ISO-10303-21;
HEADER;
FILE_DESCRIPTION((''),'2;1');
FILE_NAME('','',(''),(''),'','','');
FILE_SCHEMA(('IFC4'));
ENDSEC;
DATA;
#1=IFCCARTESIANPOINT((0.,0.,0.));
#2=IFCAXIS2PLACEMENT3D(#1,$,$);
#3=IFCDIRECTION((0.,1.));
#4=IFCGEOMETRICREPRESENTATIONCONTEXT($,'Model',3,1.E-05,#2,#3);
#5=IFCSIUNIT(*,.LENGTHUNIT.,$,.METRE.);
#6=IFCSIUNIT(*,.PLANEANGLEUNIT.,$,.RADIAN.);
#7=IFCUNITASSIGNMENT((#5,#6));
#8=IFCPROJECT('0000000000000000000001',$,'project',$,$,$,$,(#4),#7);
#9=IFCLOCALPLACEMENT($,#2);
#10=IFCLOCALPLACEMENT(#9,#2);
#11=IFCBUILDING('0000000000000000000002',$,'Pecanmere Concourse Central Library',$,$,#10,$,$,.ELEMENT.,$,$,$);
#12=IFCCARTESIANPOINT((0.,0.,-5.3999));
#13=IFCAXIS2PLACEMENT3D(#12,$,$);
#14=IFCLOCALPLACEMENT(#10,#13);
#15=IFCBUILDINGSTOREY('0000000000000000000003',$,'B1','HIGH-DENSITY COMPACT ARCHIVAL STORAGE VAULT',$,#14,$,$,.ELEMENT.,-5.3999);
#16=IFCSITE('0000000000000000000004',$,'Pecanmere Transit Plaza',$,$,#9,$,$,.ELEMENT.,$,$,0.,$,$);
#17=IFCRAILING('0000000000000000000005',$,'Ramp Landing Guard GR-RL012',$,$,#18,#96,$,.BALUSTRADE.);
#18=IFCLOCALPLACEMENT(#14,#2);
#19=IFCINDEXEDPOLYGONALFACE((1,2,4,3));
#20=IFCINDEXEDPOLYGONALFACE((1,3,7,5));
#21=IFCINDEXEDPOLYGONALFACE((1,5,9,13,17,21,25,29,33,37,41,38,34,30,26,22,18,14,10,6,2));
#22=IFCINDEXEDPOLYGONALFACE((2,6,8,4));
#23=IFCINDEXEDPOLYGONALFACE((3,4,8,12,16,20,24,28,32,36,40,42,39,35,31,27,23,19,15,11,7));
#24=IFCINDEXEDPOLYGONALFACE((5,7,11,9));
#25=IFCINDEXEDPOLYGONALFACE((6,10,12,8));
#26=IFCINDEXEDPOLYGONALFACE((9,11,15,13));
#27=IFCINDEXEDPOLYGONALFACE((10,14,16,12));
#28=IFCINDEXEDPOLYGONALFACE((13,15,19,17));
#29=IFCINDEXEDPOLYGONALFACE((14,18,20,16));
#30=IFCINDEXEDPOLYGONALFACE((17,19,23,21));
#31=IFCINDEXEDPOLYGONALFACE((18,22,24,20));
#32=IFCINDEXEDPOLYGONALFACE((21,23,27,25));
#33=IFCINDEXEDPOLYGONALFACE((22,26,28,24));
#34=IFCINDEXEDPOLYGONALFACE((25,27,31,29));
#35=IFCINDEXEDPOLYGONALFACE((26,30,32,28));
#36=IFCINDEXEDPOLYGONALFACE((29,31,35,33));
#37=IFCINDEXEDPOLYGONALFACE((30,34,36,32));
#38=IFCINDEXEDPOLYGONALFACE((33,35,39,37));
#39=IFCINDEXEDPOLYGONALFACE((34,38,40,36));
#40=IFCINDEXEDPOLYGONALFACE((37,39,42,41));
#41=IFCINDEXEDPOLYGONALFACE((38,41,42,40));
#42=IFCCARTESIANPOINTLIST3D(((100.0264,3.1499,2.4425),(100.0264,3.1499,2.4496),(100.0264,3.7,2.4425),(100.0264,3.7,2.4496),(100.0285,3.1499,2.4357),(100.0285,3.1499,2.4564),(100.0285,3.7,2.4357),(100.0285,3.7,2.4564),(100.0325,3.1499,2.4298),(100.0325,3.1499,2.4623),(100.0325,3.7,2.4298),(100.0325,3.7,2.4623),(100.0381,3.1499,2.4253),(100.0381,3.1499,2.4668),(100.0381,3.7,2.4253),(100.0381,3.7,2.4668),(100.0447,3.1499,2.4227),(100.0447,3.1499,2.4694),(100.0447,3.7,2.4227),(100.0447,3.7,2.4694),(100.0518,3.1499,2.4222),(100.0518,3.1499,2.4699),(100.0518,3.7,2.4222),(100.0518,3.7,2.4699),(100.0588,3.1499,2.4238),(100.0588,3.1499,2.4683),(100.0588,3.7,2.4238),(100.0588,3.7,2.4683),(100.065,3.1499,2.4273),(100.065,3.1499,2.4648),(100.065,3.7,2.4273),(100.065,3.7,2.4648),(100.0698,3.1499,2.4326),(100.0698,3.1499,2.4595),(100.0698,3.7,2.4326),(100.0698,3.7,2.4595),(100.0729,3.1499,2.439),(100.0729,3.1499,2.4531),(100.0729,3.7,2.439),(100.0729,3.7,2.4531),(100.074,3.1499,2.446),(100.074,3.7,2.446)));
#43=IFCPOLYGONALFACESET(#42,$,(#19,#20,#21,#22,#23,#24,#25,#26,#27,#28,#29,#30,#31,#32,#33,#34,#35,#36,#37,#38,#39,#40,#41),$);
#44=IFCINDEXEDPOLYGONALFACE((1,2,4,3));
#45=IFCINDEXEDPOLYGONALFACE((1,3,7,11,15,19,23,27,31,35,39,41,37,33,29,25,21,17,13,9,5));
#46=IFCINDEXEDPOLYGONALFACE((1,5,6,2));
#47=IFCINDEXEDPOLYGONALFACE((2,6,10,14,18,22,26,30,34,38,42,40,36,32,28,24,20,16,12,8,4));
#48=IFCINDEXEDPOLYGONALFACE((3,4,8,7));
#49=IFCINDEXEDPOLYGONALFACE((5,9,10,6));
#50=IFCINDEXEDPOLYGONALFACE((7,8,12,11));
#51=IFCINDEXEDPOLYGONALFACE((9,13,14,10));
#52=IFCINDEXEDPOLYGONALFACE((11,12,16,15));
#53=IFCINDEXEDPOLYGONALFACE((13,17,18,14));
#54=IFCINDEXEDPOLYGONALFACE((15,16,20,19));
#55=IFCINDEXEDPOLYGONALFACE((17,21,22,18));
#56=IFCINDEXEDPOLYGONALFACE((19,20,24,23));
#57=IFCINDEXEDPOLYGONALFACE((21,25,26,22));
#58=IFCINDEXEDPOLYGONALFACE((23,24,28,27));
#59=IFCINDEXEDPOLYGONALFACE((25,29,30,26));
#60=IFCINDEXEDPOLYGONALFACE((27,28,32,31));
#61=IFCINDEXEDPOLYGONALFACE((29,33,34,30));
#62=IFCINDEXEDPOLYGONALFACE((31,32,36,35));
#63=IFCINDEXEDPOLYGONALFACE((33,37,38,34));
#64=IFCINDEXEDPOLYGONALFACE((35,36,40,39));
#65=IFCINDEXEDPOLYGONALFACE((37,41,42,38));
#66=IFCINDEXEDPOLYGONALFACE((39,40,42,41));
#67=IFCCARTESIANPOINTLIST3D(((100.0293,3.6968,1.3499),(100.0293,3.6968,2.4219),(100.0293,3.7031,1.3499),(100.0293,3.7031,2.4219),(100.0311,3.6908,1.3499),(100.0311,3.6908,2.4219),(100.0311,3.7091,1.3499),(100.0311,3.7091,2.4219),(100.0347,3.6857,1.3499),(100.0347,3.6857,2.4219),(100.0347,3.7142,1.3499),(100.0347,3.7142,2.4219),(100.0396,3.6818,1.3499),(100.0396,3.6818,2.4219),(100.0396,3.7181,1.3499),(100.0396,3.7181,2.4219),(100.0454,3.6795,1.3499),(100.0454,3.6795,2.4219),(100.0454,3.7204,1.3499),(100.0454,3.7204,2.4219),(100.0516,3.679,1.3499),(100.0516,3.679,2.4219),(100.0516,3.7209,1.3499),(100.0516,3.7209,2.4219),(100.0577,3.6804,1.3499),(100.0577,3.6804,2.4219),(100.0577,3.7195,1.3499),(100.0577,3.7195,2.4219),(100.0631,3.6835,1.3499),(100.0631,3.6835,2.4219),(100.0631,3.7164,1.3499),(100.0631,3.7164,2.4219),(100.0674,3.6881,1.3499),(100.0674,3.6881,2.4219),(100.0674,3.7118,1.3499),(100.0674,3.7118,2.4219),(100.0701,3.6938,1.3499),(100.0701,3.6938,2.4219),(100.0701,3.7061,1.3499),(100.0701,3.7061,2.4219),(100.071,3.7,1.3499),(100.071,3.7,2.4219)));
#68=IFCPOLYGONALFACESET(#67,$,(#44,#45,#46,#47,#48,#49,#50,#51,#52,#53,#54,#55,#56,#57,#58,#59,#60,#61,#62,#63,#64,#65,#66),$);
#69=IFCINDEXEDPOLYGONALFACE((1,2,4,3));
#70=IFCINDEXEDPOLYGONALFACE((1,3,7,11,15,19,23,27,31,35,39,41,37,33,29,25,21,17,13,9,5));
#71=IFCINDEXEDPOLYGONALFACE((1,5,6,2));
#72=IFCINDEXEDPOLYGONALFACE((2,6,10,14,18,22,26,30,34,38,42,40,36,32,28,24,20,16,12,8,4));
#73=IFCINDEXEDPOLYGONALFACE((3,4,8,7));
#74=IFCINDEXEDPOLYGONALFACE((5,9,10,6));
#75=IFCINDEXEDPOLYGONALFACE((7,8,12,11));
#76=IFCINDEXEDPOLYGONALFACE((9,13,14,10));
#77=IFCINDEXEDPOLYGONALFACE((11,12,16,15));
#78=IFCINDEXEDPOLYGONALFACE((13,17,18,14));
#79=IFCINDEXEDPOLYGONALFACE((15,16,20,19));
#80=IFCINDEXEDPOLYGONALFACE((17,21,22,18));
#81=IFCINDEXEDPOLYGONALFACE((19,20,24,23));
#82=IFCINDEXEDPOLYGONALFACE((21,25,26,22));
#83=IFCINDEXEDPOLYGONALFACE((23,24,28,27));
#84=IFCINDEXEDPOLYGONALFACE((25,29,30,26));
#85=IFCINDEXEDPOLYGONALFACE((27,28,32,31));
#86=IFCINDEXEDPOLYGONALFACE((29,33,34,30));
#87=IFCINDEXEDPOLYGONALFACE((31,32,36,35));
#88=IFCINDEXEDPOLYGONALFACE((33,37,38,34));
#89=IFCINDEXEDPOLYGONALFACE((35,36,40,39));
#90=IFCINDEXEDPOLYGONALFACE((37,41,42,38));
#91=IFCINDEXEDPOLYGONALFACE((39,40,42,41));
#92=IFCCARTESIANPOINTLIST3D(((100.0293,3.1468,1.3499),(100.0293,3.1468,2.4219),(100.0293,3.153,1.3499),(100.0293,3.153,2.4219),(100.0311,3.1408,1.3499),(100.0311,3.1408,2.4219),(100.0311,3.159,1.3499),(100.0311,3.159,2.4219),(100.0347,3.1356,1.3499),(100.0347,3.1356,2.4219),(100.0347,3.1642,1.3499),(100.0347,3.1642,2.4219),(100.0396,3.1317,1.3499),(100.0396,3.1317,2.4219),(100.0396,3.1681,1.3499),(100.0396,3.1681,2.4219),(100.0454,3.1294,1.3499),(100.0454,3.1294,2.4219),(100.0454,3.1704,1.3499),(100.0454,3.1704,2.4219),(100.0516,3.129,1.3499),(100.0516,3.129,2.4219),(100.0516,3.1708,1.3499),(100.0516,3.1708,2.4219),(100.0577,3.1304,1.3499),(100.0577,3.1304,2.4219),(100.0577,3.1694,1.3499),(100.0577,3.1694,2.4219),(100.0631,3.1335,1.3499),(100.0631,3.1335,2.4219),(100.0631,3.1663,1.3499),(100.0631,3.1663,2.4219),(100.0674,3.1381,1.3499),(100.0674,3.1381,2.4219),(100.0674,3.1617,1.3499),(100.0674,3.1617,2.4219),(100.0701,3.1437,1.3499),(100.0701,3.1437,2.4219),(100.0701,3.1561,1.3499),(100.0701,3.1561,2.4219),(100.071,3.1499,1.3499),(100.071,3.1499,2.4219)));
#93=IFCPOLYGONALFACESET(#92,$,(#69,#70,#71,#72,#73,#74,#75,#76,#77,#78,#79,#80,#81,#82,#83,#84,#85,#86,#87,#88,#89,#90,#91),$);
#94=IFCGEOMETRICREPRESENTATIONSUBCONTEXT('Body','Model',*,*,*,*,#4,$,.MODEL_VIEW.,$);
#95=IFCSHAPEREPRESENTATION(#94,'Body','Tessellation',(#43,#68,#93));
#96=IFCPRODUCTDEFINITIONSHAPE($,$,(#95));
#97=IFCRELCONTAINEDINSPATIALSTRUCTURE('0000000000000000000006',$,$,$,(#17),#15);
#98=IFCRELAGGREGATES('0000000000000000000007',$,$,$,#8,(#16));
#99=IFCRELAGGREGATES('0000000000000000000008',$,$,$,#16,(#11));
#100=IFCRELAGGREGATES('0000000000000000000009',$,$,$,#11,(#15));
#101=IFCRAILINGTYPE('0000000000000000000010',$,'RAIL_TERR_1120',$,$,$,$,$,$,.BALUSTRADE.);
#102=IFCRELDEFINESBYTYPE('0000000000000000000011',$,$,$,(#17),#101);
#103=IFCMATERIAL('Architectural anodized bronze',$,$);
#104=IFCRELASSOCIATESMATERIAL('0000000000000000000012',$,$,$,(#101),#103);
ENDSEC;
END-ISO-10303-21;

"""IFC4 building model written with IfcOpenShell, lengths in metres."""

from ifc_helpers import new_model, si_unit, direction, frame, origin, origin_2d, place, context, subcontext, project, spatial, circle, extrude, material, type_object, element, save


model = new_model("IFC4")

# Units and contexts
model_context = context("Model", 3, precision=1e-05, world=origin(), true_north=direction((0.0, 1.0)))
body_context = subcontext(model_context, "Body", "Model", "MODEL_VIEW")
ifc_project = project(units=[si_unit("LENGTHUNIT", "METRE"), si_unit("PLANEANGLEUNIT", "RADIAN")], contexts=[model_context])

# Site, building, storey
site_placement = place(None, origin())
site = spatial("IfcSite", under=ifc_project, at=site_placement, Name="Pecanmere Transit Plaza", CompositionType="ELEMENT", RefElevation=0.0)
building_placement = place(site_placement, origin())
building = spatial("IfcBuilding", under=site, at=building_placement, Name="Pecanmere Concourse Central Library", CompositionType="ELEMENT")
storey_placement = place(building_placement, frame((0.0, 0.0, -5.3999)))
storey = spatial("IfcBuildingStorey", under=building, at=storey_placement, Name="B1", Description="HIGH-DENSITY COMPACT ARCHIVAL STORAGE VAULT", CompositionType="ELEMENT", Elevation=-5.3999)

# Railing
ifc_material_1 = material(Name="Architectural anodized bronze")
railing_type_1 = type_object("IfcRailingType", Name="RAIL_TERR_1120", PredefinedType="BALUSTRADE", material=ifc_material_1)
railing_1_placement = place(storey_placement, frame((100.05, 3.7, 1.3499)))
element("IfcRailing", 1, at=railing_1_placement, inside=storey, type_object=railing_type_1, Name="Ramp Landing Guard GR-RL012", PredefinedType="BALUSTRADE", context=body_context, shape_type="SweptSolid", body=[
    extrude(circle(Radius=0.0239, at=origin_2d()), frame((0.0, 0.0, 1.0962), z_axis=(0.0, -1.0, 0.0), x_axis=(1.0, 0.0, 0.0)), (0.0, 0.0, 1.0), 0.55),
    extrude(circle(Radius=0.021, at=origin_2d()), origin(), (0.0, 0.0, 1.0), 1.072),
    extrude(circle(Radius=0.021, at=origin_2d()), frame((0.0, -0.55, 0.0)), (0.0, 0.0, 1.0), 1.072),
])

save(model, "model.ifc")
